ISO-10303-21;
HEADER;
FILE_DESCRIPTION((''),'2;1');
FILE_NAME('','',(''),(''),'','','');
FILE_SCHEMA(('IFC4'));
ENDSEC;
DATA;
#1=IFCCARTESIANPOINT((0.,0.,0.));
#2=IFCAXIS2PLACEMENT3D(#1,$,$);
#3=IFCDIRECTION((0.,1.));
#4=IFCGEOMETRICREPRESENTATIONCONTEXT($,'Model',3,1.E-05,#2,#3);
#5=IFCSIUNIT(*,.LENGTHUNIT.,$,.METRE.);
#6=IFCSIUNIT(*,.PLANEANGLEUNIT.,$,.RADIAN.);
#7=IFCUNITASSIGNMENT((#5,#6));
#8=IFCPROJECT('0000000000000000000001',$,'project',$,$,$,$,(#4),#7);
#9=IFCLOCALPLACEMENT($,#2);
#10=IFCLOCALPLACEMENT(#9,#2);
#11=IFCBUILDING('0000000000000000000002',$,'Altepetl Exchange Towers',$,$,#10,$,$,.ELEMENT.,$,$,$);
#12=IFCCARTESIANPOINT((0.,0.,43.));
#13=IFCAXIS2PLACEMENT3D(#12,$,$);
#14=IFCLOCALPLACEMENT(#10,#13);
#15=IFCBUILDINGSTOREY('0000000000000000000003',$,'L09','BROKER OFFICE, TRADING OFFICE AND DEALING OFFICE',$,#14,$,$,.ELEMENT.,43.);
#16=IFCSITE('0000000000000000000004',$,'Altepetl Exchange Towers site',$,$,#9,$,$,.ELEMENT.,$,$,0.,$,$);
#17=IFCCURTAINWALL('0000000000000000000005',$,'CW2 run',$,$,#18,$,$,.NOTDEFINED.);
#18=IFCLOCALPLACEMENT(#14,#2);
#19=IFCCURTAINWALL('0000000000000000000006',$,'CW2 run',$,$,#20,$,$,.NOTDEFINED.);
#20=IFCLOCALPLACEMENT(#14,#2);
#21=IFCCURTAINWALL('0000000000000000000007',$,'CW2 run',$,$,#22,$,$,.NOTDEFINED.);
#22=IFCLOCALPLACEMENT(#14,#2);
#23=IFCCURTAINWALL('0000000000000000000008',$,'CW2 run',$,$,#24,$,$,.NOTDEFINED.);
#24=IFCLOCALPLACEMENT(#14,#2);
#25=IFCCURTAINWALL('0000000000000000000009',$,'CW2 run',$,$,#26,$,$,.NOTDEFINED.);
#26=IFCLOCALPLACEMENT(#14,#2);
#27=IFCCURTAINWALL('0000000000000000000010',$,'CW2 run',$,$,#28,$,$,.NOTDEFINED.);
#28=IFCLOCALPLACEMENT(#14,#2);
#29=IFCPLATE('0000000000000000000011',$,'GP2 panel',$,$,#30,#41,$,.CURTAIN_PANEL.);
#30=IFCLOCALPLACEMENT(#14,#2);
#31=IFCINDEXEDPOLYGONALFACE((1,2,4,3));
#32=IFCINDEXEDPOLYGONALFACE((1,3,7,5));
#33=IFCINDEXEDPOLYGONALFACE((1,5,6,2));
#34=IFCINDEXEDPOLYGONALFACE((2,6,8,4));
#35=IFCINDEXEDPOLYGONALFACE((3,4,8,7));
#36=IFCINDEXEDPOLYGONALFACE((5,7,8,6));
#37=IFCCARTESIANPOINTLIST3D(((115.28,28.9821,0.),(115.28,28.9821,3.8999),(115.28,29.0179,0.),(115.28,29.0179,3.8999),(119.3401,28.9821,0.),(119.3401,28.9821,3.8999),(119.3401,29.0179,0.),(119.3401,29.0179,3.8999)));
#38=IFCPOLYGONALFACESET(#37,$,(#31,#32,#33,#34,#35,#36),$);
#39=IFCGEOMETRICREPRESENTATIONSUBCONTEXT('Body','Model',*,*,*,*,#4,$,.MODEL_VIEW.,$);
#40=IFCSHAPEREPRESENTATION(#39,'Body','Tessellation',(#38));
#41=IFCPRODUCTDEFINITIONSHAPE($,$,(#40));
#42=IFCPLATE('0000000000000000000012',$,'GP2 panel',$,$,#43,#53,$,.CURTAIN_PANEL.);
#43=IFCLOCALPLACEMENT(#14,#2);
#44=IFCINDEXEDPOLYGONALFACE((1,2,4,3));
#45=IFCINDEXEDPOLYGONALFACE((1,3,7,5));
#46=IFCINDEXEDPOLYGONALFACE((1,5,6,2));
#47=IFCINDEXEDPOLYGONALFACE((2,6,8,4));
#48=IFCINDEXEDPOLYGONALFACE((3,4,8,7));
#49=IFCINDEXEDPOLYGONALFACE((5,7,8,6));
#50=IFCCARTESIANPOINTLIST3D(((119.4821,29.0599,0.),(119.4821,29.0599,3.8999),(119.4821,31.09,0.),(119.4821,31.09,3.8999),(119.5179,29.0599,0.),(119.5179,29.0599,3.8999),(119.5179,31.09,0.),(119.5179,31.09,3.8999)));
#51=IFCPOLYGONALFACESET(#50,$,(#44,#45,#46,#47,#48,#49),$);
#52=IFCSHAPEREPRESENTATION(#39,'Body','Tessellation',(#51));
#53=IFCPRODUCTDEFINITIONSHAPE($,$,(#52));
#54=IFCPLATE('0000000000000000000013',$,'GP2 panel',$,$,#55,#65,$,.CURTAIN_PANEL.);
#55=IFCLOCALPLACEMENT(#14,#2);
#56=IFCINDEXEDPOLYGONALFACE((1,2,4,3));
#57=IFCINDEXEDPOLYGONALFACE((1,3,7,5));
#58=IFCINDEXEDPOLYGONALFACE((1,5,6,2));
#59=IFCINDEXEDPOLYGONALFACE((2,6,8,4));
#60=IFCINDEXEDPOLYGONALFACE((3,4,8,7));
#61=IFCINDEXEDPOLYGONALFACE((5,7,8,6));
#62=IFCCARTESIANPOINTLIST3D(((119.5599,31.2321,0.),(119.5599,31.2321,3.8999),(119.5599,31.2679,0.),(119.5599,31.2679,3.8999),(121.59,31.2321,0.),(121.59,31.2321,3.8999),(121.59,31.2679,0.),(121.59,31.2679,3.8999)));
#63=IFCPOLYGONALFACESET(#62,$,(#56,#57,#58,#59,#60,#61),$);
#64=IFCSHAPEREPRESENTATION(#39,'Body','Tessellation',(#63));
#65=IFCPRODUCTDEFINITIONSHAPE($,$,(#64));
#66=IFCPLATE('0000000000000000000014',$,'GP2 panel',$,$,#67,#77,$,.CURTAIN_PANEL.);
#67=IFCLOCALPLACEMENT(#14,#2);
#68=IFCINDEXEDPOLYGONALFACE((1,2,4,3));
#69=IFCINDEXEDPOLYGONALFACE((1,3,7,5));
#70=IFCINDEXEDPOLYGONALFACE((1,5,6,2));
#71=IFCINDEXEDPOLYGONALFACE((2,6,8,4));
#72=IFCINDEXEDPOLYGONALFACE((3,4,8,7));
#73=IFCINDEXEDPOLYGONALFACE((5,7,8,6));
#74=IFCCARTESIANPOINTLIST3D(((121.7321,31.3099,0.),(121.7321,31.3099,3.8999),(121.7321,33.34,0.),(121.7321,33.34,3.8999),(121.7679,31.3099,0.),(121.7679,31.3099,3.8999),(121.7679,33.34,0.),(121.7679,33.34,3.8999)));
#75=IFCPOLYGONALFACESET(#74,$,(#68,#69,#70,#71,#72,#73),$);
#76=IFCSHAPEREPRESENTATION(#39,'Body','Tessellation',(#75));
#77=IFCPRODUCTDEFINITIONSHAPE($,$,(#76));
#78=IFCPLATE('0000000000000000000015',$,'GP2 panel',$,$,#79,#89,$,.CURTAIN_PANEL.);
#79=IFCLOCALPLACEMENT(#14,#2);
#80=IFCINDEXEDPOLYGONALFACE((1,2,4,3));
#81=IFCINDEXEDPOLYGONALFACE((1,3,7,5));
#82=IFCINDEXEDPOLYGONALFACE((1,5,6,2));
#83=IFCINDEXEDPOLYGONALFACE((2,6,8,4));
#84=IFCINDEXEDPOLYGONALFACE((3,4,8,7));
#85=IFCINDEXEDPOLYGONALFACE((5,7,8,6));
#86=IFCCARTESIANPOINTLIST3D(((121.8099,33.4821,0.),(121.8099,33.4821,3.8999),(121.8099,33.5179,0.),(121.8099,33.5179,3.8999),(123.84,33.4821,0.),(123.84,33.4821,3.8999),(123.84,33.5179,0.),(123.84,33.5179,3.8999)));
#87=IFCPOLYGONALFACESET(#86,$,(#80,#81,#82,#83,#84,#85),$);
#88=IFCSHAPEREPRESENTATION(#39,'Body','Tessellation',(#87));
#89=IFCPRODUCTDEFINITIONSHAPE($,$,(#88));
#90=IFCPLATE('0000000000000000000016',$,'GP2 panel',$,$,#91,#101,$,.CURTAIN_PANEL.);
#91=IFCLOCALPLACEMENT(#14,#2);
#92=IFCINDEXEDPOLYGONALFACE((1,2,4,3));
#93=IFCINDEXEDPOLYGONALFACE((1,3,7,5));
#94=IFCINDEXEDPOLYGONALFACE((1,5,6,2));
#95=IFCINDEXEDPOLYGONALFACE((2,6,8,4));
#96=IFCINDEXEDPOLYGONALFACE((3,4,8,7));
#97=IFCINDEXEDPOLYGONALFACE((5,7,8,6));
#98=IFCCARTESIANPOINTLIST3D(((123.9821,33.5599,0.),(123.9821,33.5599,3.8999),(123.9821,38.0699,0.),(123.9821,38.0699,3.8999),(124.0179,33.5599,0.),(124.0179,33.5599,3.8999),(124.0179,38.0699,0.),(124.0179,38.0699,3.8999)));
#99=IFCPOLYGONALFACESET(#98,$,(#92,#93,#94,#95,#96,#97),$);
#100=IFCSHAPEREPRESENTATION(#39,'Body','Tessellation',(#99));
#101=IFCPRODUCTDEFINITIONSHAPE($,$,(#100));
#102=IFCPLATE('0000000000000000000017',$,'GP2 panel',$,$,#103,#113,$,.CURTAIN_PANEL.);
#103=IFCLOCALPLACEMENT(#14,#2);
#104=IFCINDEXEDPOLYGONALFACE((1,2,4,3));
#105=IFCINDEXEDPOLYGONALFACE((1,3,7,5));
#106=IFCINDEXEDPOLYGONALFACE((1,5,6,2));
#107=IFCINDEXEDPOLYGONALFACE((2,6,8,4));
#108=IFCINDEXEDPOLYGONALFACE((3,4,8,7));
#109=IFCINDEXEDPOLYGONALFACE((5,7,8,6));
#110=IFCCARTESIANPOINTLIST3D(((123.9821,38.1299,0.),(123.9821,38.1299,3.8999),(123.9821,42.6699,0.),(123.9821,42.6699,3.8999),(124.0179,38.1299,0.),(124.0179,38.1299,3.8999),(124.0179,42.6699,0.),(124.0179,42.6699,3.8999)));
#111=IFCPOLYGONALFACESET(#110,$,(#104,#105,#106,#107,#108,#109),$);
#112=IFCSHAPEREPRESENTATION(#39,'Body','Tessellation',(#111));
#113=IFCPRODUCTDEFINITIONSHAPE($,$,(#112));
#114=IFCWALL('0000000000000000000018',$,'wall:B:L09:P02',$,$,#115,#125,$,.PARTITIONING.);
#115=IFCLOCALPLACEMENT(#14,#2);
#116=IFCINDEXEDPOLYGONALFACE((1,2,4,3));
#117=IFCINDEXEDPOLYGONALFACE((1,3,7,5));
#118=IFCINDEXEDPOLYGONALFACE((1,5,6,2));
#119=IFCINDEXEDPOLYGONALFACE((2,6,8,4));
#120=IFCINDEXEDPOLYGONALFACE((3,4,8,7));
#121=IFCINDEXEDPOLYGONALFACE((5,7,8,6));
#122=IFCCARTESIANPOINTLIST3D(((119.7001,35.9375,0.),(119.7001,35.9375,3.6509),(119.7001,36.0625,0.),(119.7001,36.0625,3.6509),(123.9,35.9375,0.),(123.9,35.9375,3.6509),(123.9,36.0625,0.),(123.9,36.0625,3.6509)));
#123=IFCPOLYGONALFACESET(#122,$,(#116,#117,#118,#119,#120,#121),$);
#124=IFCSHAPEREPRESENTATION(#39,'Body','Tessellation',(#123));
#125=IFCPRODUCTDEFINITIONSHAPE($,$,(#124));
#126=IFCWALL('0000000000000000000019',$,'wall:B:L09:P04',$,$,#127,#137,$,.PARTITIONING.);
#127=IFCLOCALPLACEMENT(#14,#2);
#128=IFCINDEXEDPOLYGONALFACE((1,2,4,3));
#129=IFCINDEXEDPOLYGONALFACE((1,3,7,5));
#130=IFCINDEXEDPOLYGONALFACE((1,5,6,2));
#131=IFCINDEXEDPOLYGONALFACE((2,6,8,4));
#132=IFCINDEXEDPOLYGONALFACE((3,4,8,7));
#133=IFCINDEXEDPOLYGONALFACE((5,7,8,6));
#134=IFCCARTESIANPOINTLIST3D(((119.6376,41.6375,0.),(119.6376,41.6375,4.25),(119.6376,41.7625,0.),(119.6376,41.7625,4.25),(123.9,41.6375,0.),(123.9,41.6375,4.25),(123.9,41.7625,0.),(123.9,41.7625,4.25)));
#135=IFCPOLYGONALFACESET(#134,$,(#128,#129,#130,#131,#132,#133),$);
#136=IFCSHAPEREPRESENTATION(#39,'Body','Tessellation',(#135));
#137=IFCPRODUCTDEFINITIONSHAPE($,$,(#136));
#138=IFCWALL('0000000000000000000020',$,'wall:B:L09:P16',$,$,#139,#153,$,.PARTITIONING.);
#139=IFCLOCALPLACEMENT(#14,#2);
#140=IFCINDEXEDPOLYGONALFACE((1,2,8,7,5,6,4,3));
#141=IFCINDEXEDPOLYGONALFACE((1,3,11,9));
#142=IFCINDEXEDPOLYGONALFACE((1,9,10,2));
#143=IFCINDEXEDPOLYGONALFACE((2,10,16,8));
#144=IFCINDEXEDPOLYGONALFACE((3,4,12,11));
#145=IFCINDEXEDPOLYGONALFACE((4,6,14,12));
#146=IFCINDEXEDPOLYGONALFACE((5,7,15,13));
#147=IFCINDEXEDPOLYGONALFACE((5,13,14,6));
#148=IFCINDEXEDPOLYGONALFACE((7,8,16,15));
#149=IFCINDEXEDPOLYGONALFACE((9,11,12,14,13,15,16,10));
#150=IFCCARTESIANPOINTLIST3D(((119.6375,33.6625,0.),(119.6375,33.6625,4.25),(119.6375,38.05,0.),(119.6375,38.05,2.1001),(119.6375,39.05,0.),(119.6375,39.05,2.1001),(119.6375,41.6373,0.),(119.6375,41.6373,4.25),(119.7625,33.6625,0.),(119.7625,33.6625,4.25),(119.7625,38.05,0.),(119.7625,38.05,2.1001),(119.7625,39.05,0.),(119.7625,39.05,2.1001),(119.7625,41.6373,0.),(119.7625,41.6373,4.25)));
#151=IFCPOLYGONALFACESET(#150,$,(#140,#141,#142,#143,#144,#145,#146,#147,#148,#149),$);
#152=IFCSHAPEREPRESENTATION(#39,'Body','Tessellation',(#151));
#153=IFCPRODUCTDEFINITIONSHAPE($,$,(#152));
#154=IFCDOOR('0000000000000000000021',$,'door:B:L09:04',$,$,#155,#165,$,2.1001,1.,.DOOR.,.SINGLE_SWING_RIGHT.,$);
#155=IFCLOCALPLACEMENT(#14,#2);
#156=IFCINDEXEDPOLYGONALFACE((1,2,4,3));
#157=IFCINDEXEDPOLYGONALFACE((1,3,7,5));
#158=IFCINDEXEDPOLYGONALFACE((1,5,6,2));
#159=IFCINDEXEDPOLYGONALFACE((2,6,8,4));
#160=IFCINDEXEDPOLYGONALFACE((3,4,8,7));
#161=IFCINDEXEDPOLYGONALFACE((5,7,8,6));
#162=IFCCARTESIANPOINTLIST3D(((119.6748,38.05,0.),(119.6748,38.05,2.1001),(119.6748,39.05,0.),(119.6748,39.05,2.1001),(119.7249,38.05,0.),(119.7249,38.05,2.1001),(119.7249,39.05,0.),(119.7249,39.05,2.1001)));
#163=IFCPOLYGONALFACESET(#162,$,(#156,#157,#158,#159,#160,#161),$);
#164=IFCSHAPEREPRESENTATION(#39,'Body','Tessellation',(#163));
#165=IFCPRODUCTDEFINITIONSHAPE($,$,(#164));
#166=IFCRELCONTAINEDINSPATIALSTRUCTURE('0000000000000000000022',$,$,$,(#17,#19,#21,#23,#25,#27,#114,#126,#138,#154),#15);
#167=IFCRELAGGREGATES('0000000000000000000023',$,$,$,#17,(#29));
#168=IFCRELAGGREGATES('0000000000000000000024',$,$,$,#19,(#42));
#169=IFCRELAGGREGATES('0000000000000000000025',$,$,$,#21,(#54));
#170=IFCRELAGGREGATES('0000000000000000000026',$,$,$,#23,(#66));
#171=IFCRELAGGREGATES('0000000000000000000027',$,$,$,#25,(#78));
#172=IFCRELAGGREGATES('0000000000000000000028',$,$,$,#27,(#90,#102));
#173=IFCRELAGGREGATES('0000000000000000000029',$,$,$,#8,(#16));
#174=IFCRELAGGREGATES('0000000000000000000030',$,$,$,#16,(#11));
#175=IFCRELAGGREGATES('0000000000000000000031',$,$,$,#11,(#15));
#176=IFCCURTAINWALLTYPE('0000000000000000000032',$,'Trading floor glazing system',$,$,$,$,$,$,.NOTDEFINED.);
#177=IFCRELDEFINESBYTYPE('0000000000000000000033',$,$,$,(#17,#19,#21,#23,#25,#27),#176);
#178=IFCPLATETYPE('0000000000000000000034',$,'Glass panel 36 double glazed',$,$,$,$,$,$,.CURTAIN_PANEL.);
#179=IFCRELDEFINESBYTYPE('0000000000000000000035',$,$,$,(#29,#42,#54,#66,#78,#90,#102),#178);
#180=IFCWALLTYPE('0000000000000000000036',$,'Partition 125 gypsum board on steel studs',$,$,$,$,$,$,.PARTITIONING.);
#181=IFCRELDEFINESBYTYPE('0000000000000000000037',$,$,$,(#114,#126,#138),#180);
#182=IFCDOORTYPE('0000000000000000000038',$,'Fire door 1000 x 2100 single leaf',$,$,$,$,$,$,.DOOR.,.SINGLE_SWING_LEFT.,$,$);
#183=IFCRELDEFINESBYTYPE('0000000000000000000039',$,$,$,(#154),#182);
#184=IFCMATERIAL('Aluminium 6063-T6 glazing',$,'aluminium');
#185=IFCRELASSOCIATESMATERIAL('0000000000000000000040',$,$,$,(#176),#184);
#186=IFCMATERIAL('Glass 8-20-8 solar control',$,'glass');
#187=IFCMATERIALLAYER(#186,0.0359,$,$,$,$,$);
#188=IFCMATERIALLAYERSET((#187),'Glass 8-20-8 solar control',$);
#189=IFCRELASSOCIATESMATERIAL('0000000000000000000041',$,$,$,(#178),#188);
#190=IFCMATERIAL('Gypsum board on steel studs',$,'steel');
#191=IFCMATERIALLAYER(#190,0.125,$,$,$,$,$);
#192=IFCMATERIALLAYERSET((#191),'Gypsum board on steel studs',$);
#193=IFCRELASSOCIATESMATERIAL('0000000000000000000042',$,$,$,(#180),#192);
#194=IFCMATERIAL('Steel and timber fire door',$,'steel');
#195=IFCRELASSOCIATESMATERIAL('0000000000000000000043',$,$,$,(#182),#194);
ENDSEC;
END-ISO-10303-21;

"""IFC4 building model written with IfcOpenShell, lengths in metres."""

from ifc_helpers import new_model, si_unit, direction, frame, frame_2d, origin, origin_2d, place, context, subcontext, project, spatial, rectangle, extrude, material, layer, layer_set, type_object, element, fill, aggregate, save


model = new_model("IFC4")

# Units and contexts
model_context = context("Model", 3, precision=1e-05, world=origin(), true_north=direction((0.0, 1.0)))
body_context = subcontext(model_context, "Body", "Model", "MODEL_VIEW")
ifc_project = project(units=[si_unit("LENGTHUNIT", "METRE"), si_unit("PLANEANGLEUNIT", "RADIAN")], contexts=[model_context])

# Site, building, storey
site_placement = place(None, origin())
site = spatial("IfcSite", under=ifc_project, at=site_placement, Name="Altepetl Exchange Towers site", CompositionType="ELEMENT", RefElevation=0.0)
building_placement = place(site_placement, origin())
building = spatial("IfcBuilding", under=site, at=building_placement, Name="Altepetl Exchange Towers", CompositionType="ELEMENT")
storey_placement = place(building_placement, frame((0.0, 0.0, 43.0)))
storey = spatial("IfcBuildingStorey", under=building, at=storey_placement, Name="L09", Description="BROKER OFFICE, TRADING OFFICE AND DEALING OFFICE", CompositionType="ELEMENT", Elevation=43.0)

# Curtain wall
ifc_material_1 = material(Name="Aluminium 6063-T6 glazing", Category="aluminium")
curtain_wall_type = type_object("IfcCurtainWallType", Name="Trading floor glazing system", PredefinedType="NOTDEFINED", material=ifc_material_1)
curtain_wall_1_placement = place(storey_placement, origin())
curtain_wall_1 = element("IfcCurtainWall", 1, at=curtain_wall_1_placement, inside=storey, type_object=curtain_wall_type, Name="CW2 run", PredefinedType="NOTDEFINED")

# Curtain walls
curtain_wall_2_placement = place(storey_placement, origin())
curtain_wall_2 = element("IfcCurtainWall", 2, at=curtain_wall_2_placement, inside=storey, type_object=curtain_wall_type, Name="CW2 run", PredefinedType="NOTDEFINED")
curtain_wall_3_placement = place(storey_placement, origin())
curtain_wall_3 = element("IfcCurtainWall", 3, at=curtain_wall_3_placement, inside=storey, type_object=curtain_wall_type, Name="CW2 run", PredefinedType="NOTDEFINED")
curtain_wall_4_placement = place(storey_placement, origin())
curtain_wall_4 = element("IfcCurtainWall", 4, at=curtain_wall_4_placement, inside=storey, type_object=curtain_wall_type, Name="CW2 run", PredefinedType="NOTDEFINED")
curtain_wall_5_placement = place(storey_placement, origin())
curtain_wall_5 = element("IfcCurtainWall", 5, at=curtain_wall_5_placement, inside=storey, type_object=curtain_wall_type, Name="CW2 run", PredefinedType="NOTDEFINED")
curtain_wall_6_placement = place(storey_placement, origin())
curtain_wall_6 = element("IfcCurtainWall", 6, at=curtain_wall_6_placement, inside=storey, type_object=curtain_wall_type, Name="CW2 run", PredefinedType="NOTDEFINED")

# Plates
ifc_material_2 = material(Name="Glass 8-20-8 solar control", Category="glass")
ifc_layer_1 = layer(ifc_material_2, 0.0359)
ifc_layer_set_1 = layer_set([ifc_layer_1], Name="Glass 8-20-8 solar control")
plate_type = type_object("IfcPlateType", Name="Glass panel 36 double glazed", PredefinedType="CURTAIN_PANEL", material=ifc_layer_set_1)
plate_1_placement = place(storey_placement, frame((117.3101, 29.0, 0.0)))
plate_1 = element("IfcPlate", 7, at=plate_1_placement, type_object=plate_type, Name="GP2 panel", PredefinedType="CURTAIN_PANEL", context=body_context, shape_type="SweptSolid", body=[
    extrude(rectangle(XDim=4.0601, YDim=0.0359, at=origin_2d()), origin(), (0.0, 0.0, 1.0), 3.8999),
])
aggregate(curtain_wall_1, [plate_1])
plate_2_placement = place(storey_placement, frame((119.5, 30.075, 0.0), z_axis=(0.0, 0.0, 1.0), x_axis=(0.0, 1.0, 0.0)))
plate_2 = element("IfcPlate", 8, at=plate_2_placement, type_object=plate_type, Name="GP2 panel", PredefinedType="CURTAIN_PANEL", context=body_context, shape_type="SweptSolid", body=[
    extrude(rectangle(XDim=2.03, YDim=0.0359, at=origin_2d()), origin(), (0.0, 0.0, 1.0), 3.8999),
])
aggregate(curtain_wall_2, [plate_2])
plate_3_placement = place(storey_placement, frame((120.575, 31.25, 0.0)))
plate_3 = element("IfcPlate", 9, at=plate_3_placement, type_object=plate_type, Name="GP2 panel", PredefinedType="CURTAIN_PANEL", context=body_context, shape_type="SweptSolid", body=[
    extrude(rectangle(XDim=2.03, YDim=0.0359, at=origin_2d()), origin(), (0.0, 0.0, 1.0), 3.8999),
])
aggregate(curtain_wall_3, [plate_3])
plate_4_placement = place(storey_placement, frame((121.75, 32.325, 0.0), z_axis=(0.0, 0.0, 1.0), x_axis=(0.0, 1.0, 0.0)))
plate_4 = element("IfcPlate", 10, at=plate_4_placement, type_object=plate_type, Name="GP2 panel", PredefinedType="CURTAIN_PANEL", context=body_context, shape_type="SweptSolid", body=[
    extrude(rectangle(XDim=2.03, YDim=0.0359, at=origin_2d()), origin(), (0.0, 0.0, 1.0), 3.8999),
])
aggregate(curtain_wall_4, [plate_4])
plate_5_placement = place(storey_placement, frame((122.825, 33.5, 0.0)))
plate_5 = element("IfcPlate", 11, at=plate_5_placement, type_object=plate_type, Name="GP2 panel", PredefinedType="CURTAIN_PANEL", context=body_context, shape_type="SweptSolid", body=[
    extrude(rectangle(XDim=2.03, YDim=0.0359, at=origin_2d()), origin(), (0.0, 0.0, 1.0), 3.8999),
])
aggregate(curtain_wall_5, [plate_5])
plate_6_placement = place(storey_placement, frame((124.0, 35.8149, 0.0), z_axis=(0.0, 0.0, 1.0), x_axis=(0.0, 1.0, 0.0)))
plate_6 = element("IfcPlate", 12, at=plate_6_placement, type_object=plate_type, Name="GP2 panel", PredefinedType="CURTAIN_PANEL", context=body_context, shape_type="SweptSolid", body=[
    extrude(rectangle(XDim=4.51, YDim=0.0359, at=origin_2d()), origin(), (0.0, 0.0, 1.0), 3.8999),
])
plate_7_placement = place(storey_placement, frame((124.0, 40.3999, 0.0), z_axis=(0.0, 0.0, 1.0), x_axis=(0.0, 1.0, 0.0)))
plate_7 = element("IfcPlate", 13, at=plate_7_placement, type_object=plate_type, Name="GP2 panel", PredefinedType="CURTAIN_PANEL", context=body_context, shape_type="SweptSolid", body=[
    extrude(rectangle(XDim=4.54, YDim=0.0359, at=origin_2d()), origin(), (0.0, 0.0, 1.0), 3.8999),
])
aggregate(curtain_wall_6, [plate_6, plate_7])

# Walls
ifc_material_3 = material(Name="Gypsum board on steel studs", Category="steel")
ifc_layer_2 = layer(ifc_material_3, 0.125)
ifc_layer_set_2 = layer_set([ifc_layer_2], Name="Gypsum board on steel studs")
wall_type = type_object("IfcWallType", Name="Partition 125 gypsum board on steel studs", PredefinedType="PARTITIONING", material=ifc_layer_set_2)
wall_1_placement = place(storey_placement, frame((119.7, 36.0, 0.0)))
element("IfcWall", 14, at=wall_1_placement, inside=storey, type_object=wall_type, Name="wall:B:L09:P02", PredefinedType="PARTITIONING", context=body_context, shape_type="SweptSolid", body=[
    extrude(rectangle(XDim=4.2, YDim=0.125, at=frame_2d((2.1001, 0.0))), origin(), (0.0, 0.0, 1.0), 3.6509),
])
wall_2_placement = place(storey_placement, frame((119.6375, 41.7, 0.0)))
element("IfcWall", 15, at=wall_2_placement, inside=storey, type_object=wall_type, Name="wall:B:L09:P04", PredefinedType="PARTITIONING", context=body_context, shape_type="SweptSolid", body=[
    extrude(rectangle(XDim=4.2625, YDim=0.125, at=frame_2d((2.1313, 0.0))), origin(), (0.0, 0.0, 1.0), 4.25),
])

# Wall, opening, door
wall_3_placement = place(storey_placement, frame((119.7, 33.6626, 0.0), z_axis=(0.0, 0.0, 1.0), x_axis=(0.0, 1.0, 0.0)))
wall_3 = element("IfcWall", 16, at=wall_3_placement, inside=storey, type_object=wall_type, Name="wall:B:L09:P16", PredefinedType="PARTITIONING", context=body_context, shape_type="SweptSolid", body=[
    extrude(rectangle(XDim=7.9749, YDim=0.125, at=frame_2d((3.9873, 0.0))), origin(), (0.0, 0.0, 1.0), 4.25),
])
opening_placement = place(wall_3_placement, frame((4.3875, 0.0, 0.0)))
opening = element("IfcOpeningElement", 17, at=opening_placement, cuts=wall_3, PredefinedType="OPENING", context=body_context, shape_type="SweptSolid", body=[
    extrude(rectangle(XDim=1.0, YDim=2.1001, at=frame_2d((0.5, 1.05))), frame((0.0, 0.0725, 0.0), z_axis=(0.0, -1.0, 0.0), x_axis=(1.0, 0.0, 0.0)), (0.0, 0.0, 1.0), 0.145),
])
ifc_material_4 = material(Name="Steel and timber fire door", Category="steel")
door_type = type_object("IfcDoorType", Name="Fire door 1000 x 2100 single leaf", OperationType="SINGLE_SWING_LEFT", PredefinedType="DOOR", material=ifc_material_4)
door_placement = place(opening_placement, frame((1.0, 0.0, 0.0), x_axis=(-1.0, 0.0, 0.0)))
door = element("IfcDoor", 18, at=door_placement, inside=storey, type_object=door_type, Name="door:B:L09:04", OperationType="SINGLE_SWING_RIGHT", OverallHeight=2.1001, OverallWidth=1.0, PredefinedType="DOOR", context=body_context, shape_type="SweptSolid", body=[
    extrude(rectangle(XDim=1.0, YDim=2.1001, at=frame_2d((0.5, 1.05))), frame((0.0, 0.0249, 0.0), z_axis=(0.0, -1.0, 0.0), x_axis=(1.0, 0.0, 0.0)), (0.0, 0.0, 1.0), 0.05),
])
fill(opening, door)

save(model, "model.ifc")
